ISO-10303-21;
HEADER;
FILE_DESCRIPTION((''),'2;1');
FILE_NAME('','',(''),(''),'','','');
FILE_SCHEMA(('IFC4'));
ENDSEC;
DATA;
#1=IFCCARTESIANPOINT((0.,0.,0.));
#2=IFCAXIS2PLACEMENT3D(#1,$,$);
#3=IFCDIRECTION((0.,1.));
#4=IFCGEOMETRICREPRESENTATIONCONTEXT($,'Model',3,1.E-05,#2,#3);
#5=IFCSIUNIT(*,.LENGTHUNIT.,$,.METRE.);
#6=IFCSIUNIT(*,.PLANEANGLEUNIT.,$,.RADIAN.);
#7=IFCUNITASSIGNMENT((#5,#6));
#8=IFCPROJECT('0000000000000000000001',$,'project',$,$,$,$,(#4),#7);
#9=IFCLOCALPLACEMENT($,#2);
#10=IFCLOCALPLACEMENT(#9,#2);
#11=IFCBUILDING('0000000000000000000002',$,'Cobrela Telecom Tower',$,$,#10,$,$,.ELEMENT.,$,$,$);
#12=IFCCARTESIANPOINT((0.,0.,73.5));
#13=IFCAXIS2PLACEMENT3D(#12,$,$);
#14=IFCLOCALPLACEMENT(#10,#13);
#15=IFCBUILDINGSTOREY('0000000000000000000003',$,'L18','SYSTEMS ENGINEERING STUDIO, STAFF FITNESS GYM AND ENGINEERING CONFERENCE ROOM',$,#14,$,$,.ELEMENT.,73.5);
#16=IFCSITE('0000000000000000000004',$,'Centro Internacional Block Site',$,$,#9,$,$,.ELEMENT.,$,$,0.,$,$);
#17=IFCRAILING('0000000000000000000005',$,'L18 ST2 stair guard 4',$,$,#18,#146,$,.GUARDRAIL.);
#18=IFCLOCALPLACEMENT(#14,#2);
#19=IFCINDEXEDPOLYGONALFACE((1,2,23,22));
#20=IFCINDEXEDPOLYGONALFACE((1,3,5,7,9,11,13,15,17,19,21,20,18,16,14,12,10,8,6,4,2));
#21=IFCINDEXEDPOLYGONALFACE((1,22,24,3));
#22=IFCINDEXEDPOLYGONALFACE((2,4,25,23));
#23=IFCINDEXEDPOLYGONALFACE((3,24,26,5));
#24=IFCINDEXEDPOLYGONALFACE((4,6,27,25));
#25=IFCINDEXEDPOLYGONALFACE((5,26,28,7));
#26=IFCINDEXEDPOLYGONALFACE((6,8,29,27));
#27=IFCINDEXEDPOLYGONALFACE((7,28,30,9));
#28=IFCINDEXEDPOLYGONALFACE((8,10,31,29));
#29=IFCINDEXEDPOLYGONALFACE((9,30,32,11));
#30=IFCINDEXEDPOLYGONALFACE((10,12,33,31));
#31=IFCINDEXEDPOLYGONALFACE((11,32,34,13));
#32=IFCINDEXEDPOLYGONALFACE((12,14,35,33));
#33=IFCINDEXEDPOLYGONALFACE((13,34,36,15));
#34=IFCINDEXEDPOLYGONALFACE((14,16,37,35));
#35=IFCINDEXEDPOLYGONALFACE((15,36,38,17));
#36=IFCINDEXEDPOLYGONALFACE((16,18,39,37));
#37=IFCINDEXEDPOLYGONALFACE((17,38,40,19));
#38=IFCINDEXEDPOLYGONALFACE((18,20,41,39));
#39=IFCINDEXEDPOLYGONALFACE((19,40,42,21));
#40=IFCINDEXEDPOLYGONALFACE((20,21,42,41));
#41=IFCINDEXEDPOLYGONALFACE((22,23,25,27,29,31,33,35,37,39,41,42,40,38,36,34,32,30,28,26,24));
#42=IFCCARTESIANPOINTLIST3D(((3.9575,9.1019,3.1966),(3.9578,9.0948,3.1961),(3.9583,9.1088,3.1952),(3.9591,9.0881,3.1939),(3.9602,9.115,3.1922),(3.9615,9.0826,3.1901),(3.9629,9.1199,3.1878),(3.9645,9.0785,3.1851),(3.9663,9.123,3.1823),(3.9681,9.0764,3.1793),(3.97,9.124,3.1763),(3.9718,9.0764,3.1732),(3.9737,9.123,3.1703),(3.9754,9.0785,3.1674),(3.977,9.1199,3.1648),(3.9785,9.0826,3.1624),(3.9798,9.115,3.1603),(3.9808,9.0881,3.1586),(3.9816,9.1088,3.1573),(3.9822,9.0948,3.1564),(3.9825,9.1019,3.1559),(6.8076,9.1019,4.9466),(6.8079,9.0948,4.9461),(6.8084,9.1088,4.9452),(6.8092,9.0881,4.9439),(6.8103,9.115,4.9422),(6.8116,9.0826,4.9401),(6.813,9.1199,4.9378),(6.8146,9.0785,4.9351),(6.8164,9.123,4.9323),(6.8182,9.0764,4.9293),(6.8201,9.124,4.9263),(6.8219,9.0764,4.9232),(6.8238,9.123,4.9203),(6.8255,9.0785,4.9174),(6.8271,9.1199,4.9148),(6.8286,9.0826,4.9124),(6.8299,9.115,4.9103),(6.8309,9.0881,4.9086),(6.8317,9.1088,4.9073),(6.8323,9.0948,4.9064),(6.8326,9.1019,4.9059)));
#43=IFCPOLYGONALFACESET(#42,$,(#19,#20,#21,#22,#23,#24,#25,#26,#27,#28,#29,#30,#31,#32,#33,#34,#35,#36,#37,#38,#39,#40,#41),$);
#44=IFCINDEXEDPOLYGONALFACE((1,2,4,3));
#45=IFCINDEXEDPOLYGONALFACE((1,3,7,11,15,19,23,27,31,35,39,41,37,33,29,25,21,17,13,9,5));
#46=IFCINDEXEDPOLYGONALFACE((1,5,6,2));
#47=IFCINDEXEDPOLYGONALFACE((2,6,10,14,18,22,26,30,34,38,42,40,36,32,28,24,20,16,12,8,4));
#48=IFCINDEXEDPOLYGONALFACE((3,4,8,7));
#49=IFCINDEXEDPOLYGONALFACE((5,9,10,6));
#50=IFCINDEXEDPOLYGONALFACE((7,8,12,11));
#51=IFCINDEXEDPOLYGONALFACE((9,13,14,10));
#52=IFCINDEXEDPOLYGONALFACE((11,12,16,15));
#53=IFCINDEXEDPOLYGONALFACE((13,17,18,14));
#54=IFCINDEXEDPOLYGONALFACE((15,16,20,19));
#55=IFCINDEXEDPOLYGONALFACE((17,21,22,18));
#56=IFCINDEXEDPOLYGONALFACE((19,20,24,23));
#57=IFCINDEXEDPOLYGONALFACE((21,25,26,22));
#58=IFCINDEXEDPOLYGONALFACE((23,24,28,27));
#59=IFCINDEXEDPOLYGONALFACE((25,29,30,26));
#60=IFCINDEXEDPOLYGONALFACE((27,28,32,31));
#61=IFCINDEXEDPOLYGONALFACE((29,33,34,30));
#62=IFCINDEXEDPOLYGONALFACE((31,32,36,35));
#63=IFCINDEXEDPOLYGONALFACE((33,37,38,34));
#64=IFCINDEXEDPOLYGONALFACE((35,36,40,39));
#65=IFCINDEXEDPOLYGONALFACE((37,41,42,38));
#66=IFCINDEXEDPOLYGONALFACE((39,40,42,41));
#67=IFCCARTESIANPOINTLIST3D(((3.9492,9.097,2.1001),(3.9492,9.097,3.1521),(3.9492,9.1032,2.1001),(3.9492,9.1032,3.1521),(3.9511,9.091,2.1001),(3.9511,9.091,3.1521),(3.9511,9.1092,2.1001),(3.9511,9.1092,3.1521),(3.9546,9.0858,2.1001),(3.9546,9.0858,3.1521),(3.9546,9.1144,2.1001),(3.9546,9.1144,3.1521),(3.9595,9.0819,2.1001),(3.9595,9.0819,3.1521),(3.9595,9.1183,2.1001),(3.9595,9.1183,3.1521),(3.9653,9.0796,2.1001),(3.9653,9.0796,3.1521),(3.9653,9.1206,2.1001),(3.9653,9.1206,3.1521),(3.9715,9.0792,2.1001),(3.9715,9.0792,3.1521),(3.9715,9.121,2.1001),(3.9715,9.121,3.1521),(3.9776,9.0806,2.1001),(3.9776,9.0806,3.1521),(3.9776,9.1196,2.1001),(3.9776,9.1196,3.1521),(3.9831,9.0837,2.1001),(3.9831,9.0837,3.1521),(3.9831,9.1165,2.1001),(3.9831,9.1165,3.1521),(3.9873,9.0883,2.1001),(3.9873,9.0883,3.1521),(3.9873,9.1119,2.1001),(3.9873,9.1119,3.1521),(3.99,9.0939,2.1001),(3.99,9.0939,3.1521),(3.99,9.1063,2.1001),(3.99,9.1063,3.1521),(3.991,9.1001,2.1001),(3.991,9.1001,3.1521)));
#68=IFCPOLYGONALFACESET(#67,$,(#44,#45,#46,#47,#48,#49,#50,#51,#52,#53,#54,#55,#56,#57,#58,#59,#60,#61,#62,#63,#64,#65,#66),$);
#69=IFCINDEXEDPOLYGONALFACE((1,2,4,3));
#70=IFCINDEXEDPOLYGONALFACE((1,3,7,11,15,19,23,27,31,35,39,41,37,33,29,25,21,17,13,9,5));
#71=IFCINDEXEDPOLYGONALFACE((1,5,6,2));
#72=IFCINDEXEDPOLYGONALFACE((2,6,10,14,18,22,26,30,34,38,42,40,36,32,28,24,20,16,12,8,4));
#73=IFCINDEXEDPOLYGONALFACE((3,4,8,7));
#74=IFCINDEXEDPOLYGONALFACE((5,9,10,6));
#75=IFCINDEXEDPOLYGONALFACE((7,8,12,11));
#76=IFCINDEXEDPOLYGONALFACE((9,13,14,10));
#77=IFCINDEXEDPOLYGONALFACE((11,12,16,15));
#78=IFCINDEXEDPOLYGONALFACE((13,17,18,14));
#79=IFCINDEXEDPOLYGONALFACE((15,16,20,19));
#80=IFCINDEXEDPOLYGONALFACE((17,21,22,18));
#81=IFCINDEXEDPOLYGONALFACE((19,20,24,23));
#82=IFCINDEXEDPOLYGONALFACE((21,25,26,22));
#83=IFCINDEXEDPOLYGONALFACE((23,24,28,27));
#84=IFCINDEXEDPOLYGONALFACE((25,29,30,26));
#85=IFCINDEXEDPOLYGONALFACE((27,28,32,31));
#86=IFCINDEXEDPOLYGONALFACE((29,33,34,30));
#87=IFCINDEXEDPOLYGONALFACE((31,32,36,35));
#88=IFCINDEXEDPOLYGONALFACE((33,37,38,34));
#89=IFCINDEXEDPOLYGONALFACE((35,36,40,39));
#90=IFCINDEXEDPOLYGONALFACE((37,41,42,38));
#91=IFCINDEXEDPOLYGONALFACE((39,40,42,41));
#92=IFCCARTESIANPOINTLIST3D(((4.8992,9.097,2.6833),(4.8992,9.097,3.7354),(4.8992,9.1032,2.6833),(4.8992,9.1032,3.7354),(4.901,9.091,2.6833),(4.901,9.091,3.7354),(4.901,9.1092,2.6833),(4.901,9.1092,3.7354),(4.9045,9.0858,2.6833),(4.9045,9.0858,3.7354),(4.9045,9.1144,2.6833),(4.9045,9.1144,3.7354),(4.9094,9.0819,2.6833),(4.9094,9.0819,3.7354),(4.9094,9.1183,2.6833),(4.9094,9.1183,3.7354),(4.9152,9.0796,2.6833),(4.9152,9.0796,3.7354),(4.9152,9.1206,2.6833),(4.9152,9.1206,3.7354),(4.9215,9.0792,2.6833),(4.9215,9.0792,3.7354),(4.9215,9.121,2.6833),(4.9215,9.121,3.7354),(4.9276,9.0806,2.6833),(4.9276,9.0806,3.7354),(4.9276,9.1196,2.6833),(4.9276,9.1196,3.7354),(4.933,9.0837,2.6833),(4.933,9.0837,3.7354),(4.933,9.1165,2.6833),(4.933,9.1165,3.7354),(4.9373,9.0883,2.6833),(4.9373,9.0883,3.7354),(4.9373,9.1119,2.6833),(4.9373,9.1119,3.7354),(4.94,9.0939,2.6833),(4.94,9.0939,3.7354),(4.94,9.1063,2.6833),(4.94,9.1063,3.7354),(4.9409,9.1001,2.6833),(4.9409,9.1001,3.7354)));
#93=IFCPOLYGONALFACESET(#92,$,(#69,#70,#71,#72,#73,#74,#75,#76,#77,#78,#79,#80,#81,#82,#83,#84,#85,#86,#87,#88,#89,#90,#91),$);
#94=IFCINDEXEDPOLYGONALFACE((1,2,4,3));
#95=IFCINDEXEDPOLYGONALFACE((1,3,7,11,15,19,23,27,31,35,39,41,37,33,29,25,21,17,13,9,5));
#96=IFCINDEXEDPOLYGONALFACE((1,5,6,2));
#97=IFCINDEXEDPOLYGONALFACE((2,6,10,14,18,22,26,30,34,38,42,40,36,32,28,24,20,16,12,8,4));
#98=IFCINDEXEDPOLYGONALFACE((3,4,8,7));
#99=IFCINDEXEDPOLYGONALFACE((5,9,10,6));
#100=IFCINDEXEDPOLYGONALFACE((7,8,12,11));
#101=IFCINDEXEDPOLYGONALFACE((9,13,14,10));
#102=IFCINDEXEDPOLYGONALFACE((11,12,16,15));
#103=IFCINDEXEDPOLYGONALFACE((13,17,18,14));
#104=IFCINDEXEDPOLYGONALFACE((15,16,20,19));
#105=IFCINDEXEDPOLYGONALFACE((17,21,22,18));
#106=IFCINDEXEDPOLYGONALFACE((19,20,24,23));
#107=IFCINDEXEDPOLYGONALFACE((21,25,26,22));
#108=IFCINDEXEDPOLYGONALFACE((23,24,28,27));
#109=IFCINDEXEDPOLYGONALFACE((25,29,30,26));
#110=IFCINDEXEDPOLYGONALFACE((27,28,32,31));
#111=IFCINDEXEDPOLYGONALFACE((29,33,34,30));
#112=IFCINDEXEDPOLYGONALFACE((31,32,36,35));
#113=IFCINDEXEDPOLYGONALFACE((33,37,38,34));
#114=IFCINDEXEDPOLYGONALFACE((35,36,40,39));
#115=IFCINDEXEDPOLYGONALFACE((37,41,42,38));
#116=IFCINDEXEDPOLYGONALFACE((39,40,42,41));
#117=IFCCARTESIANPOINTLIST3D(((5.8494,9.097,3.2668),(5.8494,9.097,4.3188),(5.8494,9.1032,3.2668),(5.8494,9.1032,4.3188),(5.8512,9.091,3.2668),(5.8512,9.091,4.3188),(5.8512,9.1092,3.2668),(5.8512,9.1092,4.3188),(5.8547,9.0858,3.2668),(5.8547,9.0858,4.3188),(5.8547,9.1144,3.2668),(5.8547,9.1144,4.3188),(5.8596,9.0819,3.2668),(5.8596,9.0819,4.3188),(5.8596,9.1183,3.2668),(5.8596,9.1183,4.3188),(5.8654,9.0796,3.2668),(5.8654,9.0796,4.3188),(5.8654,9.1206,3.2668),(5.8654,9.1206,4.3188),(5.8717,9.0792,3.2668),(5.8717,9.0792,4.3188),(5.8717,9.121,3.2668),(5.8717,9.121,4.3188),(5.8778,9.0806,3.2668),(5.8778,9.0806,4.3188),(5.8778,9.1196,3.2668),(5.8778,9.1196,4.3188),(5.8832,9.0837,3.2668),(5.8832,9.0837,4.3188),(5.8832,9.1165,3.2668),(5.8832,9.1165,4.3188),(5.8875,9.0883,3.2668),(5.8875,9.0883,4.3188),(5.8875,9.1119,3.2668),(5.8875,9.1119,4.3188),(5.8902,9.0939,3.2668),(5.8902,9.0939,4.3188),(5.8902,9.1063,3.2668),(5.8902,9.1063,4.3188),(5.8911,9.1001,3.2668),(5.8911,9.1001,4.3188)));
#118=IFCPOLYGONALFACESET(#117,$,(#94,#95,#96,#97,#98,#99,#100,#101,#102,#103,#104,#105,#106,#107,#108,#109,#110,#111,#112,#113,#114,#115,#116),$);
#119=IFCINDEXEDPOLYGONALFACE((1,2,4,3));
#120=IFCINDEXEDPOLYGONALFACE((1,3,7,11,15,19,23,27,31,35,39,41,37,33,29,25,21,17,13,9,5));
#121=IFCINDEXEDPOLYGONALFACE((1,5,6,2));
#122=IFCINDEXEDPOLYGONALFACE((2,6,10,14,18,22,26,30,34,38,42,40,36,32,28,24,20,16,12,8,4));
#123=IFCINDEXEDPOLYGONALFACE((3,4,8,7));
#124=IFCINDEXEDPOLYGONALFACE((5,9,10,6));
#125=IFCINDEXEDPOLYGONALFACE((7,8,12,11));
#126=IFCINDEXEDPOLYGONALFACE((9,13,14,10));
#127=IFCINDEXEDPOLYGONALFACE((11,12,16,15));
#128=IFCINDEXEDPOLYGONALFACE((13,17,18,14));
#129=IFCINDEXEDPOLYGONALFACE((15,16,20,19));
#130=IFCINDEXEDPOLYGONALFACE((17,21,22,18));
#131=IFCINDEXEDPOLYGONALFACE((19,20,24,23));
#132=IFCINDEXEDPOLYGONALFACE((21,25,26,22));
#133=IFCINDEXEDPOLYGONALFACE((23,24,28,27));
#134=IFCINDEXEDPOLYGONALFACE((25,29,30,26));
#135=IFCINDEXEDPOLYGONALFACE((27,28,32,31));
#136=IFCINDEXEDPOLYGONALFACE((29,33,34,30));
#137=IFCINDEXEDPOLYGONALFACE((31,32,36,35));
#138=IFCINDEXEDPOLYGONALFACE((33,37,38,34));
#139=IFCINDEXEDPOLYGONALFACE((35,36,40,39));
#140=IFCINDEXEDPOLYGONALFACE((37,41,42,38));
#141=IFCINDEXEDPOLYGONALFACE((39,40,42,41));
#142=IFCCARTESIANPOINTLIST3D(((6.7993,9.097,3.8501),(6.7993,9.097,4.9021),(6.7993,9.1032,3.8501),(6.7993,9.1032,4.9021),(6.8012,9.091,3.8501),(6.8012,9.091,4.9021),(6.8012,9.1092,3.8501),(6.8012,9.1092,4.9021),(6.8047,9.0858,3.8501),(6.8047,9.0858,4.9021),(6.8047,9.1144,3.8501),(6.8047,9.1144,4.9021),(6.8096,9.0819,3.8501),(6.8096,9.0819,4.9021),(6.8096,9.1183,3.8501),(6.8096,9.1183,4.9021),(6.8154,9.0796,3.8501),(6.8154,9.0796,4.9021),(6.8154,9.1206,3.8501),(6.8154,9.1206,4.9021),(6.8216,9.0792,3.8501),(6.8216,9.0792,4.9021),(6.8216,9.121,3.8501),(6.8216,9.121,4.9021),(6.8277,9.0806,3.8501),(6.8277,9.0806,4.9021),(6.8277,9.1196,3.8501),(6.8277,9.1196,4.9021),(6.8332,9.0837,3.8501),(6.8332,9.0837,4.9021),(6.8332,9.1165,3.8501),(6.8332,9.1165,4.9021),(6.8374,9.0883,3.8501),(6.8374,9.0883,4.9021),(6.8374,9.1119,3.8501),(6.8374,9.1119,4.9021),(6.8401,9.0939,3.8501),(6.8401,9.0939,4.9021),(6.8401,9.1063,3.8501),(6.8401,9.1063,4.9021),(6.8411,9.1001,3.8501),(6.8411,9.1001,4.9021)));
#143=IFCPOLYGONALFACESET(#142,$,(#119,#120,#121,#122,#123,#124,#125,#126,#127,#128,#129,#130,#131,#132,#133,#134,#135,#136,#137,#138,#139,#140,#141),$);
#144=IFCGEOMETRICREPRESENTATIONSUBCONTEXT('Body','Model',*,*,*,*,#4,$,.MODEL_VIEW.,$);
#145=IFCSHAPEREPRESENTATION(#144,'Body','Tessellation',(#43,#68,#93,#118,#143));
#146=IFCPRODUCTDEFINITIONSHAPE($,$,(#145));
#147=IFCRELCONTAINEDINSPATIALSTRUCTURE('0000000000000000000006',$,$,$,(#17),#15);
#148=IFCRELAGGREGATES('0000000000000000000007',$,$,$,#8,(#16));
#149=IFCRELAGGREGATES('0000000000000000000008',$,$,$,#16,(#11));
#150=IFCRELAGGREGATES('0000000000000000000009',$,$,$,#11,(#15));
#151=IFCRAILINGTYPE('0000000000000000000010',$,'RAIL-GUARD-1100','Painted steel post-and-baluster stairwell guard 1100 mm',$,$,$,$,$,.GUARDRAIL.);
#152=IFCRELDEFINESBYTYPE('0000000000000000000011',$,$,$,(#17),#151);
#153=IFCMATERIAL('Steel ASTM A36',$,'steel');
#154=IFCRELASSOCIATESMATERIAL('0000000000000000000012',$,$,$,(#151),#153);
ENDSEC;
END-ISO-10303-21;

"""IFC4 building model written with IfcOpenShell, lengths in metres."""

from ifc_helpers import new_model, si_unit, direction, frame, origin, origin_2d, place, context, subcontext, project, spatial, circle, extrude, material, type_object, element, save


model = new_model("IFC4")

# Units and contexts
model_context = context("Model", 3, precision=1e-05, world=origin(), true_north=direction((0.0, 1.0)))
body_context = subcontext(model_context, "Body", "Model", "MODEL_VIEW")
ifc_project = project(units=[si_unit("LENGTHUNIT", "METRE"), si_unit("PLANEANGLEUNIT", "RADIAN")], contexts=[model_context])

# Site, building, storey
site_placement = place(None, origin())
site = spatial("IfcSite", under=ifc_project, at=site_placement, Name="Centro Internacional Block Site", CompositionType="ELEMENT", RefElevation=0.0)
building_placement = place(site_placement, origin())
building = spatial("IfcBuilding", under=site, at=building_placement, Name="Cobrela Telecom Tower", CompositionType="ELEMENT")
storey_placement = place(building_placement, frame((0.0, 0.0, 73.5)))
storey = spatial("IfcBuildingStorey", under=building, at=storey_placement, Name="L18", Description="SYSTEMS ENGINEERING STUDIO, STAFF FITNESS GYM AND ENGINEERING CONFERENCE ROOM", CompositionType="ELEMENT", Elevation=73.5)

# Railing
ifc_material_1 = material(Name="Steel ASTM A36", Category="steel")
railing_type_1 = type_object("IfcRailingType", Name="RAIL-GUARD-1100", Description="Painted steel post-and-baluster stairwell guard 1100 mm", PredefinedType="GUARDRAIL", material=ifc_material_1)
railing_1_placement = place(storey_placement, frame((3.97, 9.1001, 2.1001)))
element("IfcRailing", 1, at=railing_1_placement, inside=storey, type_object=railing_type_1, Name="L18 ST2 stair guard 4", PredefinedType="GUARDRAIL", context=body_context, shape_type="SweptSolid", body=[
    extrude(circle(Radius=0.0239, at=origin_2d()), frame((0.0, 0.0, 1.0762), z_axis=(0.852179, 0.0, 0.52325), x_axis=(0.0, 1.0, 0.0)), (0.0, 0.0, 1.0), 3.3445),
    extrude(circle(Radius=0.021, at=origin_2d()), origin(), (0.0, 0.0, 1.0), 1.052),
    extrude(circle(Radius=0.021, at=origin_2d()), frame((0.95, 0.0, 0.5833)), (0.0, 0.0, 1.0), 1.052),
    extrude(circle(Radius=0.021, at=origin_2d()), frame((1.9001, 0.0, 1.1667)), (0.0, 0.0, 1.0), 1.052),
    extrude(circle(Radius=0.021, at=origin_2d()), frame((2.8501, 0.0, 1.75)), (0.0, 0.0, 1.0), 1.052),
])

save(model, "model.ifc")
